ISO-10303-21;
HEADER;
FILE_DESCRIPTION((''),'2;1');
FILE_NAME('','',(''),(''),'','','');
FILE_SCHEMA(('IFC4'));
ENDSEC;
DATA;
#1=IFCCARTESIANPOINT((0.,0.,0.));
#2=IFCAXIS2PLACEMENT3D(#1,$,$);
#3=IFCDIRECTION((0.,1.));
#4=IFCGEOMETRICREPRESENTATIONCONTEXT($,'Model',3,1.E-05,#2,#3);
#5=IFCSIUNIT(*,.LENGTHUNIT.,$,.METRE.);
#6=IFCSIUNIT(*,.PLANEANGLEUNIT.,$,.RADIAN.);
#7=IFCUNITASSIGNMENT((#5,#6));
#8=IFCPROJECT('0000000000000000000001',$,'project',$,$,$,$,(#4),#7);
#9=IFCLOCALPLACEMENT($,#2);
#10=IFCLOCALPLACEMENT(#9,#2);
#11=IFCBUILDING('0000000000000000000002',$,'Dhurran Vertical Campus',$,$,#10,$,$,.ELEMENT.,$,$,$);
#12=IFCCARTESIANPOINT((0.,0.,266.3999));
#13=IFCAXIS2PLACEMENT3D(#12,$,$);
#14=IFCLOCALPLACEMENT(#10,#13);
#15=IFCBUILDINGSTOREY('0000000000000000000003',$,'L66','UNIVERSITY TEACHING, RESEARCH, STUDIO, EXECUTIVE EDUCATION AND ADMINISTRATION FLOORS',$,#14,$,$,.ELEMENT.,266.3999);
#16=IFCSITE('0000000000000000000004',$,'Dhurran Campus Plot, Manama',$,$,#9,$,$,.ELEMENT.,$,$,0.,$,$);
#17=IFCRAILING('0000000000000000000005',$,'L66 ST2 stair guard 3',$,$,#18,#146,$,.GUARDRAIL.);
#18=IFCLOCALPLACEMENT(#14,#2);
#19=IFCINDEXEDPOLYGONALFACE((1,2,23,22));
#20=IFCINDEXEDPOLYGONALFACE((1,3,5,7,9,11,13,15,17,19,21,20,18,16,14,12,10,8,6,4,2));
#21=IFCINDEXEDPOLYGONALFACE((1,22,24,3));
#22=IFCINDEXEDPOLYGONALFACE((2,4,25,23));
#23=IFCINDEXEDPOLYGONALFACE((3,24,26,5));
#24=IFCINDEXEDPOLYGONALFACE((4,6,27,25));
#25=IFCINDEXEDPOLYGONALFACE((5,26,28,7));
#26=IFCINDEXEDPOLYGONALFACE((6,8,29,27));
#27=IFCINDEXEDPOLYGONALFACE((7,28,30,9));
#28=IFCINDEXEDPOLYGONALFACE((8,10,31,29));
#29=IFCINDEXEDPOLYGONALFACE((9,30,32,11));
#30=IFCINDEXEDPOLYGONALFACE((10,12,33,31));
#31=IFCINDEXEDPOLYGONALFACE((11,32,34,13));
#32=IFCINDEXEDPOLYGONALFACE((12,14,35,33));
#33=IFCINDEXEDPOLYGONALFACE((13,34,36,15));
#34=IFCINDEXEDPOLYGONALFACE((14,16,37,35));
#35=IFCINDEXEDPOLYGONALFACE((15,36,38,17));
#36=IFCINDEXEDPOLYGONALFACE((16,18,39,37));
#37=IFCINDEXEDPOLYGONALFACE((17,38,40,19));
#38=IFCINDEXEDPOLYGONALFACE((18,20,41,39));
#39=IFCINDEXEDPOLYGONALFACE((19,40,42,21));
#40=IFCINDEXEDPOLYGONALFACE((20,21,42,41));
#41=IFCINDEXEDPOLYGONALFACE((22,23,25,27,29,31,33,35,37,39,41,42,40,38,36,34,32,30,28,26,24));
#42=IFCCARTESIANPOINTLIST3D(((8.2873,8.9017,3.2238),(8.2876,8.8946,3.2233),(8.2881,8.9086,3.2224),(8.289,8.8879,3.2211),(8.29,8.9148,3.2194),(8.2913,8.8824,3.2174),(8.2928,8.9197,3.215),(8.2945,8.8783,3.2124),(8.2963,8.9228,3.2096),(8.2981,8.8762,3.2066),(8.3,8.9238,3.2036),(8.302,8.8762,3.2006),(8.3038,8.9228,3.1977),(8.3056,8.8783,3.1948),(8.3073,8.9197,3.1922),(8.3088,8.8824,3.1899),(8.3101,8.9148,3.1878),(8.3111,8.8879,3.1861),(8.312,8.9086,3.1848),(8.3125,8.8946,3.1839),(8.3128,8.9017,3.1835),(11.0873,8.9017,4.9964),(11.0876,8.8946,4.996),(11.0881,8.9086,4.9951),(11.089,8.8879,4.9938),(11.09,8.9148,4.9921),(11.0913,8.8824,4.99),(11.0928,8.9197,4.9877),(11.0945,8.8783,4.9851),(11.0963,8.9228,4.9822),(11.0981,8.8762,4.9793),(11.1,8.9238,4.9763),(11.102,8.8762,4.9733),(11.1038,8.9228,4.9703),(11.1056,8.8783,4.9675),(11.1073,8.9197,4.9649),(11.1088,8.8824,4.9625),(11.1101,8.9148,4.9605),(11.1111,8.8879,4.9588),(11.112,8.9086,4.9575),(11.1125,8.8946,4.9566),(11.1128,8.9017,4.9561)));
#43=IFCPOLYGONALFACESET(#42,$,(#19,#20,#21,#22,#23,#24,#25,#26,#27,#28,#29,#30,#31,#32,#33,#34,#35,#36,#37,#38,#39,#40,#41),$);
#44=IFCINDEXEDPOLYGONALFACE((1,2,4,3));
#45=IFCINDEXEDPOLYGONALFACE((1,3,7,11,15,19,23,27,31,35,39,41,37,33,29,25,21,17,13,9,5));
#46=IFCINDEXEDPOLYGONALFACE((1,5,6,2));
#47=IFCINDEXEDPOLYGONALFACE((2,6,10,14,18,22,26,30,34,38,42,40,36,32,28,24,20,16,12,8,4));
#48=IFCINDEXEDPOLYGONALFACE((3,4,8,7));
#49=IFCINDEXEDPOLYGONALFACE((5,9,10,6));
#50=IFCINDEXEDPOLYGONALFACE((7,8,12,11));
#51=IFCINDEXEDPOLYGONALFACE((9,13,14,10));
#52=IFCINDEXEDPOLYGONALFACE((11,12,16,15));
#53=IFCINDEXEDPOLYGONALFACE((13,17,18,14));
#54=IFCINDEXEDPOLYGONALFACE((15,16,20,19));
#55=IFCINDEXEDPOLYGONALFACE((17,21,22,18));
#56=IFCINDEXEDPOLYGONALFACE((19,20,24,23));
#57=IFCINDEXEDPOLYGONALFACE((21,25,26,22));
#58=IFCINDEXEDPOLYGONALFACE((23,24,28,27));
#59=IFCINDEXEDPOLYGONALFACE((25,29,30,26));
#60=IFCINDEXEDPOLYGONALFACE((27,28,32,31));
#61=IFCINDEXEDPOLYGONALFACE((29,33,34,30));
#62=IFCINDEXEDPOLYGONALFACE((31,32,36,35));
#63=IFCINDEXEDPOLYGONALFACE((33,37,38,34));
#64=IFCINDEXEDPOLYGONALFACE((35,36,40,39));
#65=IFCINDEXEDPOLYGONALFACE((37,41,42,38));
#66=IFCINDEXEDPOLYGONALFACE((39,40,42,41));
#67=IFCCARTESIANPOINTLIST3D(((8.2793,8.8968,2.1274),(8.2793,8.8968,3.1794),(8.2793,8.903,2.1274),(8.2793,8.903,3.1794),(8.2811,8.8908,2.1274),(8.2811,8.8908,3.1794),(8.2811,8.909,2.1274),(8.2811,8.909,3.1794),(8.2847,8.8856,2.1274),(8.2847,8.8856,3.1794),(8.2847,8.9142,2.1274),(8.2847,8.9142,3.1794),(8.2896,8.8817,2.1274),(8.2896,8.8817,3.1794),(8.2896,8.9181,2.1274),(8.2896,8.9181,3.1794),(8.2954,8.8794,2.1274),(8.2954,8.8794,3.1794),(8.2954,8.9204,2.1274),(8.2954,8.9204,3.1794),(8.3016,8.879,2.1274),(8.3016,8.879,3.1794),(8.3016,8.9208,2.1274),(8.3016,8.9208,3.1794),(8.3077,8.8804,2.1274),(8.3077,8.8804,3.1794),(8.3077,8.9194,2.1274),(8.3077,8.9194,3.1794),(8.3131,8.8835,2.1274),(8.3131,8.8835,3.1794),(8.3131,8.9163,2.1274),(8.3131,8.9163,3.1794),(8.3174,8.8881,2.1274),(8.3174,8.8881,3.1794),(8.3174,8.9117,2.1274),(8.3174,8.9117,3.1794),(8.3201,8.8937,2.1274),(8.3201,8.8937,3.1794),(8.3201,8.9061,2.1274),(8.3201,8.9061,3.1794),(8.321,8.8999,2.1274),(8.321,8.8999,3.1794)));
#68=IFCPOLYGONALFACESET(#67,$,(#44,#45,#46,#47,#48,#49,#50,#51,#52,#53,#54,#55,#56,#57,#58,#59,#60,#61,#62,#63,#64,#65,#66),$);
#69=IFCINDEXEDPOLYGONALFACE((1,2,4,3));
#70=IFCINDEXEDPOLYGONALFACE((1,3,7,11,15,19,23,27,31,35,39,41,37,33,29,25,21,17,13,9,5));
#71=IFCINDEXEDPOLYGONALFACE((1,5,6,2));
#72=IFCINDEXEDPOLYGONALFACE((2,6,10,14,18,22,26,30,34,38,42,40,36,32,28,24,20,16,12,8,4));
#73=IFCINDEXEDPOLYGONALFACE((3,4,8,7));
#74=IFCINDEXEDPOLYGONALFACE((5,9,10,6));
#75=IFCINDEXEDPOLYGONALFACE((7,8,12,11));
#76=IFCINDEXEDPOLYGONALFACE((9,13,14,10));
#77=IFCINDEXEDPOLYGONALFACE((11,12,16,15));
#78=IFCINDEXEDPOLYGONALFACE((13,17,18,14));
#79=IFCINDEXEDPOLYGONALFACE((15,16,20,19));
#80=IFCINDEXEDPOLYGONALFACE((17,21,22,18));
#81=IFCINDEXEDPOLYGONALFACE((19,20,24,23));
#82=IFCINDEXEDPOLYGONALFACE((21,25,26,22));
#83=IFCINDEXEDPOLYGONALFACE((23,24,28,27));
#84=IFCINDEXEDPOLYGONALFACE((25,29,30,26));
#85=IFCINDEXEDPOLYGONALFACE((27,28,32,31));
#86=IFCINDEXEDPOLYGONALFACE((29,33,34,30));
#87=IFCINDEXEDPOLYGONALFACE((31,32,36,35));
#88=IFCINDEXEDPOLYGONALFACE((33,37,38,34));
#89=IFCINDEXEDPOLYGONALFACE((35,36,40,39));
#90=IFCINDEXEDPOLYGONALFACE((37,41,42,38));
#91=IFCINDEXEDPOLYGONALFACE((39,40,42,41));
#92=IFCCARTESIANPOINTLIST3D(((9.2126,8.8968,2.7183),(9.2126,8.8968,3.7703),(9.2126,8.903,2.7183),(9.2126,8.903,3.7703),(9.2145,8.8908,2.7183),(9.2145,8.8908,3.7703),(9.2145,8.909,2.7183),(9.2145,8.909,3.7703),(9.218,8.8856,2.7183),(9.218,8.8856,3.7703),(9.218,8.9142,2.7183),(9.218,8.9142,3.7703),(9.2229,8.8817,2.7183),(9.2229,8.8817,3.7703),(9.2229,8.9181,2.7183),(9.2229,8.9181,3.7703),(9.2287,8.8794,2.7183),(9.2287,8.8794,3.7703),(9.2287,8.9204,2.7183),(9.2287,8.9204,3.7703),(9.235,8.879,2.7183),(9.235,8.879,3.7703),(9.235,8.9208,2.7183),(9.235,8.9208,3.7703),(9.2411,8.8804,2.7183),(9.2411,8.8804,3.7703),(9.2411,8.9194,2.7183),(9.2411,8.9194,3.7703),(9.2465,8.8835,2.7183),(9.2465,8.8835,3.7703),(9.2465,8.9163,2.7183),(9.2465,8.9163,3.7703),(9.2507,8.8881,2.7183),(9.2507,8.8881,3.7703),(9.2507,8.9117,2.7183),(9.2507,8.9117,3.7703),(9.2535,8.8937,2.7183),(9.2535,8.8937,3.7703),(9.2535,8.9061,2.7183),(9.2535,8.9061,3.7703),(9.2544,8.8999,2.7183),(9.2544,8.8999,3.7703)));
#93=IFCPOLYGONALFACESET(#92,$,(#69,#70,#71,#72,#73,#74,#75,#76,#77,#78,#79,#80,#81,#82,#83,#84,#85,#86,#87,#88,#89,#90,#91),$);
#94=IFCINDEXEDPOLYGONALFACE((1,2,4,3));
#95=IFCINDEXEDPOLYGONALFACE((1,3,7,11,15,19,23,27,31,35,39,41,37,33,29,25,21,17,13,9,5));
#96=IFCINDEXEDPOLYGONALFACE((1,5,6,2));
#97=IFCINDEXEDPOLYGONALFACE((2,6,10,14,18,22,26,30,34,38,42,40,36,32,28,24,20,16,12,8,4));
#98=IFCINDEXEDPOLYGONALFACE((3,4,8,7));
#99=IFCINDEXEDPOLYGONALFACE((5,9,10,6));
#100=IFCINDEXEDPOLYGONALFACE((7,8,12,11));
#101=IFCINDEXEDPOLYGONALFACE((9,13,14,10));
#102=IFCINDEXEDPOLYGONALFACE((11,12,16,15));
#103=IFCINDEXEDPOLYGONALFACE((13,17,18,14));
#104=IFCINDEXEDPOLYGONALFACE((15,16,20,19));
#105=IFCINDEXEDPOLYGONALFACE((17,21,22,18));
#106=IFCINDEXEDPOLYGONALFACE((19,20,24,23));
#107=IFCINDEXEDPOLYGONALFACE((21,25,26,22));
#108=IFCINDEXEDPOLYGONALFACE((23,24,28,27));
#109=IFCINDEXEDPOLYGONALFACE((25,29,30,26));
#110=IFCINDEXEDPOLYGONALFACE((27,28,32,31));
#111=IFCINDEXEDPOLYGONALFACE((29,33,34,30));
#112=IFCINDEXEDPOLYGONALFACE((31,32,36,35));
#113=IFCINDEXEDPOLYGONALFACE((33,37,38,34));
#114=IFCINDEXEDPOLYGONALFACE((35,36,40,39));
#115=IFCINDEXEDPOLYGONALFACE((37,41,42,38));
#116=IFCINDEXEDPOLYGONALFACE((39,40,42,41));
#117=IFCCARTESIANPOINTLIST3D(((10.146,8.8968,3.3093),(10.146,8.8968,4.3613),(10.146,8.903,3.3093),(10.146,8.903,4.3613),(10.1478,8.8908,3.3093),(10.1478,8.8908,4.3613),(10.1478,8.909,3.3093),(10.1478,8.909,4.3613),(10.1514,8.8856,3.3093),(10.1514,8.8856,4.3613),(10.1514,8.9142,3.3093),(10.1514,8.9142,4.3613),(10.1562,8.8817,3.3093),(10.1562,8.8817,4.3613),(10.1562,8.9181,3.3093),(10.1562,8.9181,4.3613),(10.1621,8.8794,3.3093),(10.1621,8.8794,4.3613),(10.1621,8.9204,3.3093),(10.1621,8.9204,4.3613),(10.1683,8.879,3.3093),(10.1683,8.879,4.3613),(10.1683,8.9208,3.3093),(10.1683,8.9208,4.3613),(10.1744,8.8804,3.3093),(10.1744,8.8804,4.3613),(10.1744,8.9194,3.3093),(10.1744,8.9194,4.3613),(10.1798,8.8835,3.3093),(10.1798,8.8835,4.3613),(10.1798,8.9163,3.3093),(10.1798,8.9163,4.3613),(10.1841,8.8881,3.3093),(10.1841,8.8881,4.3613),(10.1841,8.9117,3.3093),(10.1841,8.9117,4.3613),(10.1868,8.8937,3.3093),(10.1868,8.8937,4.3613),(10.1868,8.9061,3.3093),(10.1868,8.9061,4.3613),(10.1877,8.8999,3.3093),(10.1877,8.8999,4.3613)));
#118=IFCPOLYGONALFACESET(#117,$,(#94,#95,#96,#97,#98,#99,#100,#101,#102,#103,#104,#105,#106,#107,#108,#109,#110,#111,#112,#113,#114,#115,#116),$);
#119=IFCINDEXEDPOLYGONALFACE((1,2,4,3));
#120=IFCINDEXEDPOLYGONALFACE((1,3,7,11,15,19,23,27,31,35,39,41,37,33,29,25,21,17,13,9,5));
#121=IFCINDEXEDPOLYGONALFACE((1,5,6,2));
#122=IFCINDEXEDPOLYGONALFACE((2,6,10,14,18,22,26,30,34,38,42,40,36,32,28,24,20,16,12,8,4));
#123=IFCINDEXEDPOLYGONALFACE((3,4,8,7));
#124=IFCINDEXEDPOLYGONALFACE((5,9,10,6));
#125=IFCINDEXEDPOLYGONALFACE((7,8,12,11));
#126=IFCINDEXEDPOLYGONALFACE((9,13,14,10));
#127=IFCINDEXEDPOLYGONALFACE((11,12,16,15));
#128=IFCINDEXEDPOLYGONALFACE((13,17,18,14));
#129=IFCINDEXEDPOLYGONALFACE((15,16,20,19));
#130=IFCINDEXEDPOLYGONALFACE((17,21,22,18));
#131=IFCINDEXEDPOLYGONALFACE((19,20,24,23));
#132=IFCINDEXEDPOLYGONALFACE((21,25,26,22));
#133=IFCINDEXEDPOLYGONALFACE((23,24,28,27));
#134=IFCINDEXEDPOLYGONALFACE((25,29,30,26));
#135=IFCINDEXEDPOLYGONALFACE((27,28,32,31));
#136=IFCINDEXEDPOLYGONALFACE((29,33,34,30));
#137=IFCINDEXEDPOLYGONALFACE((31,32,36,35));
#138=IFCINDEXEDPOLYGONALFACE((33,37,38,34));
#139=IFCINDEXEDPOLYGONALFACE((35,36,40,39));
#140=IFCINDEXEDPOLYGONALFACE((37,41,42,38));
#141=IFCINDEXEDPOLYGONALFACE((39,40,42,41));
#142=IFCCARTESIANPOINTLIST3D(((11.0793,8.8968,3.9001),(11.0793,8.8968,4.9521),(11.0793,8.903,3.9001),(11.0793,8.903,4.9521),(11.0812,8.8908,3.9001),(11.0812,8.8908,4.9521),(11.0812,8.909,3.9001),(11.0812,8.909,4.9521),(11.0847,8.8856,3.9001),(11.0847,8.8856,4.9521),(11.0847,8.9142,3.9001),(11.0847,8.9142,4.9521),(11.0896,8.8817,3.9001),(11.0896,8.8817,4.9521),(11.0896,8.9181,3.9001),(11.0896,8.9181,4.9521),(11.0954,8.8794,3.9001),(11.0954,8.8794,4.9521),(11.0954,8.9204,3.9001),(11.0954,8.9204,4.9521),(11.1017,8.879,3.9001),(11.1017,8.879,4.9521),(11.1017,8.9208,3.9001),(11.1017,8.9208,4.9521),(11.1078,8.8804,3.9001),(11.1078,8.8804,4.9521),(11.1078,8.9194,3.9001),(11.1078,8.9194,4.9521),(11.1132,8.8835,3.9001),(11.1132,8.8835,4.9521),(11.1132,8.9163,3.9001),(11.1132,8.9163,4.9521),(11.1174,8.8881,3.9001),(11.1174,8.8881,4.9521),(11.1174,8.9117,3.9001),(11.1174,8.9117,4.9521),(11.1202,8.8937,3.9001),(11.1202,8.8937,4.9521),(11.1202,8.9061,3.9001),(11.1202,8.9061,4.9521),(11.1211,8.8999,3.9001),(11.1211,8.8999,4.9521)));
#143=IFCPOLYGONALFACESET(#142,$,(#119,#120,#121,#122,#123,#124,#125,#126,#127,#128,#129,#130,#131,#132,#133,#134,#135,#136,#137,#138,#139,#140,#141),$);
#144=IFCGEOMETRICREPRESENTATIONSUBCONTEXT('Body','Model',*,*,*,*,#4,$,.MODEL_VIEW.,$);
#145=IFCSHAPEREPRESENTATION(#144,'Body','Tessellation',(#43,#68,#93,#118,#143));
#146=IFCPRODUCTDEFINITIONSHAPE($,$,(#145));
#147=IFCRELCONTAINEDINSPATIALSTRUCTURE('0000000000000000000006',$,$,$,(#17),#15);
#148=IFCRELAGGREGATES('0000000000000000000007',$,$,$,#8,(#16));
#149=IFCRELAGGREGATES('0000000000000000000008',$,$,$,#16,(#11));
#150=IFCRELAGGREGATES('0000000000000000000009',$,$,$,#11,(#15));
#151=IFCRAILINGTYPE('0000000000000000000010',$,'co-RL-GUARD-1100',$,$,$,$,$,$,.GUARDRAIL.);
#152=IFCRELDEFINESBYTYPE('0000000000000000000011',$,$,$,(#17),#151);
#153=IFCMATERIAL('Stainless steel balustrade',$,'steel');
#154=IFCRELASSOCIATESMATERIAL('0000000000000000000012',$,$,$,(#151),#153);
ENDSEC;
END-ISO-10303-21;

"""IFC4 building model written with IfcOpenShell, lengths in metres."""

from ifc_helpers import new_model, si_unit, direction, frame, origin, origin_2d, place, context, subcontext, project, spatial, circle, extrude, material, type_object, element, save


model = new_model("IFC4")

# Units and contexts
model_context = context("Model", 3, precision=1e-05, world=origin(), true_north=direction((0.0, 1.0)))
body_context = subcontext(model_context, "Body", "Model", "MODEL_VIEW")
ifc_project = project(units=[si_unit("LENGTHUNIT", "METRE"), si_unit("PLANEANGLEUNIT", "RADIAN")], contexts=[model_context])

# Site, building, storey
site_placement = place(None, origin())
site = spatial("IfcSite", under=ifc_project, at=site_placement, Name="Dhurran Campus Plot, Manama", CompositionType="ELEMENT", RefElevation=0.0)
building_placement = place(site_placement, origin())
building = spatial("IfcBuilding", under=site, at=building_placement, Name="Dhurran Vertical Campus", CompositionType="ELEMENT")
storey_placement = place(building_placement, frame((0.0, 0.0, 266.3999)))
storey = spatial("IfcBuildingStorey", under=building, at=storey_placement, Name="L66", Description="UNIVERSITY TEACHING, RESEARCH, STUDIO, EXECUTIVE EDUCATION AND ADMINISTRATION FLOORS", CompositionType="ELEMENT", Elevation=266.3999)

# Railing
ifc_material_1 = material(Name="Stainless steel balustrade", Category="steel")
railing_type_1 = type_object("IfcRailingType", Name="co-RL-GUARD-1100", PredefinedType="GUARDRAIL", material=ifc_material_1)
railing_1_placement = place(storey_placement, frame((8.3, 8.8999, 2.1274)))
element("IfcRailing", 1, at=railing_1_placement, inside=storey, type_object=railing_type_1, Name="L66 ST2 stair guard 3", PredefinedType="GUARDRAIL", context=body_context, shape_type="SweptSolid", body=[
    extrude(circle(Radius=0.0239, at=origin_2d()), frame((0.0, 0.0, 1.0762), z_axis=(0.844909, 0.0, 0.53491), x_axis=(0.0, 1.0, 0.0)), (0.0, 0.0, 1.0), 3.314),
    extrude(circle(Radius=0.021, at=origin_2d()), origin(), (0.0, 0.0, 1.0), 1.052),
    extrude(circle(Radius=0.021, at=origin_2d()), frame((0.9333, 0.0, 0.5908)), (0.0, 0.0, 1.0), 1.052),
    extrude(circle(Radius=0.021, at=origin_2d()), frame((1.8667, 0.0, 1.1819)), (0.0, 0.0, 1.0), 1.052),
    extrude(circle(Radius=0.021, at=origin_2d()), frame((2.8, 0.0, 1.7727)), (0.0, 0.0, 1.0), 1.052),
])

save(model, "model.ifc")
